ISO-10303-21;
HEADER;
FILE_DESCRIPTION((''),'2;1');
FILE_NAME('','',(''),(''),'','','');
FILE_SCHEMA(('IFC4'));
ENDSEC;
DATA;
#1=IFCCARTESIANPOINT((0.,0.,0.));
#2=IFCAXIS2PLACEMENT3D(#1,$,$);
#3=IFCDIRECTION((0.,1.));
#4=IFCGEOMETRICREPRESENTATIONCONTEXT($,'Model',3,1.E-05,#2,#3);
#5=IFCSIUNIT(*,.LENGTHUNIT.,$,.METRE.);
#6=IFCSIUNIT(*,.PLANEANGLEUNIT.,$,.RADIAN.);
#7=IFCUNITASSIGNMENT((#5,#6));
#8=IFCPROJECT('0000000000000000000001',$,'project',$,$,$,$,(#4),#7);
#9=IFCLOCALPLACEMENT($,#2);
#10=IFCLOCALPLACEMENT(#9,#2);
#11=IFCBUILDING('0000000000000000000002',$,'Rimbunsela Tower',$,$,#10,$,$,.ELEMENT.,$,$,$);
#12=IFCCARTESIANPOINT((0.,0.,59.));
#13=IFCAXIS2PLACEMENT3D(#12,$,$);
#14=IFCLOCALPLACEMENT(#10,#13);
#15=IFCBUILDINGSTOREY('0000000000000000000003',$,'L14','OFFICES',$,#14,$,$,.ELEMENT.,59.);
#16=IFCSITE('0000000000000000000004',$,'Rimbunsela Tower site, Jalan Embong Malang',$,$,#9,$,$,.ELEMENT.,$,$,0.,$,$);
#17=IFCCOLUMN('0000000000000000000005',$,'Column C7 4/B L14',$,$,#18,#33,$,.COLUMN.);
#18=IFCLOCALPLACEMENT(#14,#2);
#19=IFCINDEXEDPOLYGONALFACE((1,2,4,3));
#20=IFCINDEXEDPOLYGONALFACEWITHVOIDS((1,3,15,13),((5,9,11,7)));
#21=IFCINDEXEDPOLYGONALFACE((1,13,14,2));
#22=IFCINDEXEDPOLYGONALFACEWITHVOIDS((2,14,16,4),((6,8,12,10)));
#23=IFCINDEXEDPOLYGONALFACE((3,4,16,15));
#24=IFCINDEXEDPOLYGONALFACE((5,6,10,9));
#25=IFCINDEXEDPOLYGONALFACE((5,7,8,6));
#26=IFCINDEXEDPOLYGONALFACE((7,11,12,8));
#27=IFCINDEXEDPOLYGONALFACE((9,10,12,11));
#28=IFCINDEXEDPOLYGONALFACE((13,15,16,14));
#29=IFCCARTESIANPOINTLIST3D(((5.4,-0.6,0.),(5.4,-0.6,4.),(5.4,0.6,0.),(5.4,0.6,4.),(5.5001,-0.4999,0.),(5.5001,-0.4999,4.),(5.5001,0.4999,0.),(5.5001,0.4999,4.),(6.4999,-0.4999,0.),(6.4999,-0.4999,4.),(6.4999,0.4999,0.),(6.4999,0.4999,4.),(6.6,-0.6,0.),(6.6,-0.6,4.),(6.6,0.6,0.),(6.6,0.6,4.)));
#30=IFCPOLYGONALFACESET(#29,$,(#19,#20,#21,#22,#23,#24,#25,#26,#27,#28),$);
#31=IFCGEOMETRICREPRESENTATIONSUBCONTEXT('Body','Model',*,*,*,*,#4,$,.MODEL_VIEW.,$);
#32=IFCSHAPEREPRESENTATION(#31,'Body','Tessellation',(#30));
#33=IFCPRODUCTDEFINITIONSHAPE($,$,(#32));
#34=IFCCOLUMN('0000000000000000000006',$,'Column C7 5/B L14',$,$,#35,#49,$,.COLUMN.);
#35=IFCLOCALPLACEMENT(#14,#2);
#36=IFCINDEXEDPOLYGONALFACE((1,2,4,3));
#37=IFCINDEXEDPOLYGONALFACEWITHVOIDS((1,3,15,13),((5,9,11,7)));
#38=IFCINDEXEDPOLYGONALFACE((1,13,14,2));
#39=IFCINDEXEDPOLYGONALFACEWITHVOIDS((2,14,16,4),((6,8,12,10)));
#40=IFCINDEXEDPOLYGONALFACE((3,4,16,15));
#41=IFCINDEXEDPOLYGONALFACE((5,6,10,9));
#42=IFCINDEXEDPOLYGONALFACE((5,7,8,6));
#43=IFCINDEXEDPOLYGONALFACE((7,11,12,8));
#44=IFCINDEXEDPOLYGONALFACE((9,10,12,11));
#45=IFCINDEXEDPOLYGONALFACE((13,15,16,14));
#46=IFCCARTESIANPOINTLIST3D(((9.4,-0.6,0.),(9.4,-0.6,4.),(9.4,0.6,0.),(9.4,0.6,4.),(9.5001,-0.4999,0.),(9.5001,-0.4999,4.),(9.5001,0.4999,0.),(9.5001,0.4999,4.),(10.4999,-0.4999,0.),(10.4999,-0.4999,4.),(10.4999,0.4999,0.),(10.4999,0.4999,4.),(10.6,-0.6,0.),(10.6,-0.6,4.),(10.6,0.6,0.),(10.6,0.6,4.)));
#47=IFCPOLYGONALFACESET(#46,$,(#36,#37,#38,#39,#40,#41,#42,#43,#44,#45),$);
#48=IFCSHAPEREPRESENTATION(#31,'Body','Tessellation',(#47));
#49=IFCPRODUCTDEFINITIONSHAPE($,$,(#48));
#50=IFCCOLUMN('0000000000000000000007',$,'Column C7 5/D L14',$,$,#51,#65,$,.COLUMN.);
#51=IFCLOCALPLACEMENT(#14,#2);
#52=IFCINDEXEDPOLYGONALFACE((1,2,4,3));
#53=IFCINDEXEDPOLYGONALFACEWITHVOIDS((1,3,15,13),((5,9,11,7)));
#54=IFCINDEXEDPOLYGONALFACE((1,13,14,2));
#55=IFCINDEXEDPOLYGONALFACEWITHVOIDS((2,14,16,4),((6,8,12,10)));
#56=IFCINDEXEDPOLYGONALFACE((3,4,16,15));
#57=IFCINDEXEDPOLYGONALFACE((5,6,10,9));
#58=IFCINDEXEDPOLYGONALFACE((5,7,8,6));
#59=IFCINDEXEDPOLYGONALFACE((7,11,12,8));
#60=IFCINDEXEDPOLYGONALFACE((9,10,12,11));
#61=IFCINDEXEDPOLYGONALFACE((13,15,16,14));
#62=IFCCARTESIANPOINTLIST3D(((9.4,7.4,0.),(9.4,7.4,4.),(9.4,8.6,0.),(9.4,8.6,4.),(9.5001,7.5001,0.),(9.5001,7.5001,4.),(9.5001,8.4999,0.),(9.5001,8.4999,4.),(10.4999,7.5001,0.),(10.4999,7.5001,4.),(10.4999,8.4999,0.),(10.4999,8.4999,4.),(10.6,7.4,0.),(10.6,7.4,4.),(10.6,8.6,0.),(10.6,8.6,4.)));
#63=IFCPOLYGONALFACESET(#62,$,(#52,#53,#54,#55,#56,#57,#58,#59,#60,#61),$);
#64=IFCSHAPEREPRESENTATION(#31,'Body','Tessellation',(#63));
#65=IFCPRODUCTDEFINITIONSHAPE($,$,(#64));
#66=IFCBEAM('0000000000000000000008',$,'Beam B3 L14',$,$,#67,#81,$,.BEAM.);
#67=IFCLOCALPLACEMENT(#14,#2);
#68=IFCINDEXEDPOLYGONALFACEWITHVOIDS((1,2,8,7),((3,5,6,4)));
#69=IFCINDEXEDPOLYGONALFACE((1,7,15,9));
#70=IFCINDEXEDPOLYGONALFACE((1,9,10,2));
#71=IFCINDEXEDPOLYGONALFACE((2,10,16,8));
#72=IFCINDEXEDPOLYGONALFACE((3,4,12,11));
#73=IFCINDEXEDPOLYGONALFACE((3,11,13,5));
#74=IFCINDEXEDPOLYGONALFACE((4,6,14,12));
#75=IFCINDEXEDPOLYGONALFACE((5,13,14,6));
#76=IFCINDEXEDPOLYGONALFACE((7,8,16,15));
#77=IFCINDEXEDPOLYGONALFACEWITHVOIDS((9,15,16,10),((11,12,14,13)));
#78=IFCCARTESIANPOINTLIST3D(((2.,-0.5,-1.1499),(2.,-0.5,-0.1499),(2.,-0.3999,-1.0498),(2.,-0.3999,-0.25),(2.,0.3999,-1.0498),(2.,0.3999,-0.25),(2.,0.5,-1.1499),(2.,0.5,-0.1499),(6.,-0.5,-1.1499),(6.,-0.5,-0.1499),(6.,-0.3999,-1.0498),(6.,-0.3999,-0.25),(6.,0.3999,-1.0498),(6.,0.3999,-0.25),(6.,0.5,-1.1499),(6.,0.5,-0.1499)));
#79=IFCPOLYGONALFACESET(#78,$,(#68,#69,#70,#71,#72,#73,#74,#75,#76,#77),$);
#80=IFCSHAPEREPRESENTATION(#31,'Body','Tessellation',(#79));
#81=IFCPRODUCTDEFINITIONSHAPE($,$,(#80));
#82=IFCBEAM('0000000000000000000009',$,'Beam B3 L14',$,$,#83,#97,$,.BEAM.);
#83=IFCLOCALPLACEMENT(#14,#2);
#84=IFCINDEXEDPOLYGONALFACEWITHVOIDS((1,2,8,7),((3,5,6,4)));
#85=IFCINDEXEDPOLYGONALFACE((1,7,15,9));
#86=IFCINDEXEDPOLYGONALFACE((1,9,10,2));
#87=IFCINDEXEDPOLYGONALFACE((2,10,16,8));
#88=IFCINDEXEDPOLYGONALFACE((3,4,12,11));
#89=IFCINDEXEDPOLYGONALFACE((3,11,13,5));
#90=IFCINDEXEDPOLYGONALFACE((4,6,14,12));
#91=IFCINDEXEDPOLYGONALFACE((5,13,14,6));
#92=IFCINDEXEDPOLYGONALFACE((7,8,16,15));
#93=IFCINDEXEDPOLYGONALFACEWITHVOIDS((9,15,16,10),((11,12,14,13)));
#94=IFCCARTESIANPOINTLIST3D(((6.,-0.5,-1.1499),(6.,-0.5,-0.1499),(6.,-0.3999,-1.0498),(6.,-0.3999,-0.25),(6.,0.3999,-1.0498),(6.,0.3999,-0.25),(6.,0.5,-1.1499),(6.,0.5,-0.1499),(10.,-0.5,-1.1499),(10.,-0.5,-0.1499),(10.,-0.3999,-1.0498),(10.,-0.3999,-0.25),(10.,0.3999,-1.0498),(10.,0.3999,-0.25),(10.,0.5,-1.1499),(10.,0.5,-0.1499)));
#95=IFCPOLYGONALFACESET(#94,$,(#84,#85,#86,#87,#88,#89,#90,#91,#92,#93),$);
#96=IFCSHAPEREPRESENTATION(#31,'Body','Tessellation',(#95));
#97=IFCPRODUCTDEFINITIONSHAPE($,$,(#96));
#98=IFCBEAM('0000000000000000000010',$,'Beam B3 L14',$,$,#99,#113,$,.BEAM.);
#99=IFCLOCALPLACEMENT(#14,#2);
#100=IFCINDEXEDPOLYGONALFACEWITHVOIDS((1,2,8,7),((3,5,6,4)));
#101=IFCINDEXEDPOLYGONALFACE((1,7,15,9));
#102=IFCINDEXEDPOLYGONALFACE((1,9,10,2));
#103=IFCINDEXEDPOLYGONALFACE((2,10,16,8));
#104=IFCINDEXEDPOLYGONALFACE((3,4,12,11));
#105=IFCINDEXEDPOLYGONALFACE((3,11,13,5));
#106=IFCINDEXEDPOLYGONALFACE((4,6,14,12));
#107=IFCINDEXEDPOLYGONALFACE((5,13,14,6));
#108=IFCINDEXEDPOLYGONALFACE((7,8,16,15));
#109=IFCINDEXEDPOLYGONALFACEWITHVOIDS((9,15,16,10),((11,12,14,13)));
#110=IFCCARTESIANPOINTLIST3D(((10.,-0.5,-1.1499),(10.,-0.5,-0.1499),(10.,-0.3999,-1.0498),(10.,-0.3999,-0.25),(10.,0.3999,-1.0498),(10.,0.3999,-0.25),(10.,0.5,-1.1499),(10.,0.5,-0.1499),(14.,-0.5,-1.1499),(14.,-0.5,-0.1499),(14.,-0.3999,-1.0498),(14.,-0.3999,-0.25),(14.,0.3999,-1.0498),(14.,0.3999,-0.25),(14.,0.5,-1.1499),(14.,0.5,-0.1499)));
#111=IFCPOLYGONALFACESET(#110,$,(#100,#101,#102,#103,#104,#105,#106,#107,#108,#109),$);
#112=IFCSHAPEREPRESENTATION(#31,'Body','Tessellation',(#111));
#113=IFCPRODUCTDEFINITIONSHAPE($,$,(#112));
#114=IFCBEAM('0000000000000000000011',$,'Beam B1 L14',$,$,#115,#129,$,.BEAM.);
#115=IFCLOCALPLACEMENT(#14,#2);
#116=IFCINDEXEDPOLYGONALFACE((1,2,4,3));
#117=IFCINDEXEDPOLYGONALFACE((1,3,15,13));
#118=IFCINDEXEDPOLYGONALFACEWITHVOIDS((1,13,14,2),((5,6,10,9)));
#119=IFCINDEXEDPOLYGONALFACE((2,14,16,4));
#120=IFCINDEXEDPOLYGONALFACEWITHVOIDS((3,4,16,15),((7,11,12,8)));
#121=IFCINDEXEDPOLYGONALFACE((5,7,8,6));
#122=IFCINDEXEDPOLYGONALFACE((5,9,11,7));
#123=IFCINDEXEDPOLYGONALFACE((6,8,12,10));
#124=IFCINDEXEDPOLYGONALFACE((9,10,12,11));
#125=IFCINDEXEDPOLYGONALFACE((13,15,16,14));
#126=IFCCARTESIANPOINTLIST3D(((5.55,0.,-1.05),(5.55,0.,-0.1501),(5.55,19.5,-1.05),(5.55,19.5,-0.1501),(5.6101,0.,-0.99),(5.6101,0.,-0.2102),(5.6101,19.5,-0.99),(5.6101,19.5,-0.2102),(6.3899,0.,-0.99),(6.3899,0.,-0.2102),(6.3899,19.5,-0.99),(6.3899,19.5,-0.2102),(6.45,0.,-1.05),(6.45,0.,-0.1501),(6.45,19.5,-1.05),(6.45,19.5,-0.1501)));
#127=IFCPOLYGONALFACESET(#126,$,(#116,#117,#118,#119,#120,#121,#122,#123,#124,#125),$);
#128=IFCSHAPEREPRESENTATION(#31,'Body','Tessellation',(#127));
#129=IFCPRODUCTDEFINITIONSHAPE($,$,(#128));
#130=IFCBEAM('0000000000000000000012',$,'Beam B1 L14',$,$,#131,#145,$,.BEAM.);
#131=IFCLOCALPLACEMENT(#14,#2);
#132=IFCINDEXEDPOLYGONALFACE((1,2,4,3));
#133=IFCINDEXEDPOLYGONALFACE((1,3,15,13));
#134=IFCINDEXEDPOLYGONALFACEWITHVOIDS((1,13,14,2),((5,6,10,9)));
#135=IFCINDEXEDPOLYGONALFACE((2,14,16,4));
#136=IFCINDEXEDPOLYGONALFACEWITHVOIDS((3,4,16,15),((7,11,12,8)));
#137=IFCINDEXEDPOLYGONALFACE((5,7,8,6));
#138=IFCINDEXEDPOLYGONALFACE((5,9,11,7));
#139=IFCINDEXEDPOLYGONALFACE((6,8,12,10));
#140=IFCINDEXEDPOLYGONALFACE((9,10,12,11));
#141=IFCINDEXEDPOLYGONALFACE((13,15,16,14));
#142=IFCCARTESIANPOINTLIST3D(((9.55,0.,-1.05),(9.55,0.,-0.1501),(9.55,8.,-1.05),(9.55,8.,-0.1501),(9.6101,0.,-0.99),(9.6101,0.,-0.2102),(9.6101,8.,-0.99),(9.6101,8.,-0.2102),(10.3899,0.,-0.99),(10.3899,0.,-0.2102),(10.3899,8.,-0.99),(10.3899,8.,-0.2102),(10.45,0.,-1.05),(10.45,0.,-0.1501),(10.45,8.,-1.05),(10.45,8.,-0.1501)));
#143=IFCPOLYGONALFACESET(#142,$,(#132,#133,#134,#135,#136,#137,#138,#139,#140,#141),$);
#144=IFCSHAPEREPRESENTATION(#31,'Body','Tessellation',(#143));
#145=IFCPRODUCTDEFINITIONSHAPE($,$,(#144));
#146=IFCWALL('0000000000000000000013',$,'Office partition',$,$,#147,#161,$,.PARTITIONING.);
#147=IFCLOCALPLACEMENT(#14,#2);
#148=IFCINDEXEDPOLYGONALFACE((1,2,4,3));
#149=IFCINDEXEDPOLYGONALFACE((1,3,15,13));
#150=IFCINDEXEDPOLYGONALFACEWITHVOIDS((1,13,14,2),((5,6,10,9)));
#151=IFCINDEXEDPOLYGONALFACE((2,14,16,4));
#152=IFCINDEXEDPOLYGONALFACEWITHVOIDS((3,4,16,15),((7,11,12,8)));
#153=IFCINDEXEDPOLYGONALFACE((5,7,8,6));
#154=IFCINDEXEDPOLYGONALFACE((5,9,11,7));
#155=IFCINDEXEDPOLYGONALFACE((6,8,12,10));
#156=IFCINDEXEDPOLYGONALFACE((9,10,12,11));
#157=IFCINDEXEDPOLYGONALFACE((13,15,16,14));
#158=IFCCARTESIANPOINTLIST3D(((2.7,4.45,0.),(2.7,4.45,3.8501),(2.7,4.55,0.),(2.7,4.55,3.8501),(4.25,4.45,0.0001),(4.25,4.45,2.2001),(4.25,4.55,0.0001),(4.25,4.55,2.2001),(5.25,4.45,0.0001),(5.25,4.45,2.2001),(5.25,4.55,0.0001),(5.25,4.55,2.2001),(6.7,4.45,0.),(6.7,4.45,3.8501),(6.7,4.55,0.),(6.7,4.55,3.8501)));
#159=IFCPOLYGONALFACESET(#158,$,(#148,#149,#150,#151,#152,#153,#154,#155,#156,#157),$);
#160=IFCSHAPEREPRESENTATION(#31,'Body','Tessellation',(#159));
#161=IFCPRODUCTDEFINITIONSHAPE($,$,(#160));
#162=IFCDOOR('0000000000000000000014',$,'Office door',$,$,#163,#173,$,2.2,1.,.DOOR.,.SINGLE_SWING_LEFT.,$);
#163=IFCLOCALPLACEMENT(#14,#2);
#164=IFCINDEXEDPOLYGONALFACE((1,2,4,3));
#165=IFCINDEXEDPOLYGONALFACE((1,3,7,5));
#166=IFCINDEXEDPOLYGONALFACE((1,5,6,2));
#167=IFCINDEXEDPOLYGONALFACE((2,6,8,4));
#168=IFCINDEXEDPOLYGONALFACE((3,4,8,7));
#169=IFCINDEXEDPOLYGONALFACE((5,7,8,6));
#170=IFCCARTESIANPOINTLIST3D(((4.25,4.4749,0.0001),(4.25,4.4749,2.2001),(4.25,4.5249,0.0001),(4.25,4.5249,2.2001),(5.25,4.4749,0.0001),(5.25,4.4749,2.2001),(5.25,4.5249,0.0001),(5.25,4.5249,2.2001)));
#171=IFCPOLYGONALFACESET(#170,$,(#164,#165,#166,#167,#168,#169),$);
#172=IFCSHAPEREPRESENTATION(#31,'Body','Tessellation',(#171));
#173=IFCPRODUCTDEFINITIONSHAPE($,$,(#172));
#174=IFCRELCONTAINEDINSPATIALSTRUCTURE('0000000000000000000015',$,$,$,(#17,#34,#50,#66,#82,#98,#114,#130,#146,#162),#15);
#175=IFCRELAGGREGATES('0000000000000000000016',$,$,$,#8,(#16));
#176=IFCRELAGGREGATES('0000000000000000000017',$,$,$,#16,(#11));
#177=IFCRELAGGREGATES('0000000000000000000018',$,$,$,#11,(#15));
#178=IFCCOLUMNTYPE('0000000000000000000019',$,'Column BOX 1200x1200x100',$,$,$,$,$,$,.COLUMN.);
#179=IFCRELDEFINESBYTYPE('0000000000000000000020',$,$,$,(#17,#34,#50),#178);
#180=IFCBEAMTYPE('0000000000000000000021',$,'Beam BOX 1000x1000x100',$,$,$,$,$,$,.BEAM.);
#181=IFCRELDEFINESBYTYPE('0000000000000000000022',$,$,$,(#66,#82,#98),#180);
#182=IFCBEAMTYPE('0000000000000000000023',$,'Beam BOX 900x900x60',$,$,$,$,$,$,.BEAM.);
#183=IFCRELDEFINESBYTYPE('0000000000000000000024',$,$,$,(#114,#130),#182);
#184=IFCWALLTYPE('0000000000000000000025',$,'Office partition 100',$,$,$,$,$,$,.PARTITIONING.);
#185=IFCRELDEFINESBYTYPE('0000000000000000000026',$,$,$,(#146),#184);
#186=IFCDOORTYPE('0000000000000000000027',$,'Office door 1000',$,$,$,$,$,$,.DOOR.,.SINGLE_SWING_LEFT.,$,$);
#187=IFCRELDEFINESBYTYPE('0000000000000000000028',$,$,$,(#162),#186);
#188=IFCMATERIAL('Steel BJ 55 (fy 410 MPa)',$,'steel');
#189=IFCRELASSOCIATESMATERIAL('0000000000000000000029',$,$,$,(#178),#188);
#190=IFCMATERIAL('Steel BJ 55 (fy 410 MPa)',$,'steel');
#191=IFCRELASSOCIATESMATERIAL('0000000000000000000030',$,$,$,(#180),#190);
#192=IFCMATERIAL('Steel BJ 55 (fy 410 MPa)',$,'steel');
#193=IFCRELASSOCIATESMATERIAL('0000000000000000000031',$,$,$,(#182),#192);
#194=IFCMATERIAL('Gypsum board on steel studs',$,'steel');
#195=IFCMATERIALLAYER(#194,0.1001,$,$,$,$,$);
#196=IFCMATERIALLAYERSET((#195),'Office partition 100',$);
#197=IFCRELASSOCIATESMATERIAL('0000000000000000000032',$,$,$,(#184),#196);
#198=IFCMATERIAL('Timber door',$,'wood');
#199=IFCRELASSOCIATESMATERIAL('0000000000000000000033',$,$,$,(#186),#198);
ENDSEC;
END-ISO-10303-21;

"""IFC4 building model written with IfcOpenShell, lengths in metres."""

from ifc_helpers import new_model, si_unit, direction, frame, frame_2d, origin, origin_2d, place, context, subcontext, project, spatial, rectangle, hollow_rectangle, extrude, material, layer, layer_set, material_profile, profile_set, type_object, element, fill, save


model = new_model("IFC4")

# Units and contexts
model_context = context("Model", 3, precision=1e-05, world=origin(), true_north=direction((0.0, 1.0)))
body_context = subcontext(model_context, "Body", "Model", "MODEL_VIEW")
ifc_project = project(units=[si_unit("LENGTHUNIT", "METRE"), si_unit("PLANEANGLEUNIT", "RADIAN")], contexts=[model_context])

# Site, building, storey
site_placement = place(None, origin())
site = spatial("IfcSite", under=ifc_project, at=site_placement, Name="Rimbunsela Tower site, Jalan Embong Malang", CompositionType="ELEMENT", RefElevation=0.0)
building_placement = place(site_placement, origin())
building = spatial("IfcBuilding", under=site, at=building_placement, Name="Rimbunsela Tower", CompositionType="ELEMENT")
storey_placement = place(building_placement, frame((0.0, 0.0, 59.0)))
storey = spatial("IfcBuildingStorey", under=building, at=storey_placement, Name="L14", Description="OFFICES", CompositionType="ELEMENT", Elevation=59.0)

# Columns
ifc_material_1 = material(Name="Steel BJ 55 (fy 410 MPa)", Category="steel")
ifc_material_profile_1 = material_profile(ifc_material_1, hollow_rectangle(XDim=1.2, YDim=1.2, WallThickness=0.1001, at=origin_2d()), Name="BOX 1200x1200x100")
ifc_profile_set_1 = profile_set([ifc_material_profile_1], Name="Steel BJ 55 (fy 410 MPa)")
column_type = type_object("IfcColumnType", Name="Column BOX 1200x1200x100", PredefinedType="COLUMN", material=ifc_profile_set_1)
for number, where, z_axis, x_axis, name in (
    (1, (6.0, 0.0, 0.0), (0.0, 0.0, 1.0), (1.0, 0.0, 0.0), "Column C7 4/B L14"),
    (2, (10.0, 0.0, 0.0), (0.0, 0.0, 1.0), (1.0, 0.0, 0.0), "Column C7 5/B L14"),
    (3, (10.0, 8.0, 0.0), (0.0, 0.0, 1.0), (1.0, 0.0, 0.0), "Column C7 5/D L14"),
):
    element("IfcColumn", number, at=place(storey_placement, frame(where, z_axis=z_axis, x_axis=x_axis)), inside=storey, type_object=column_type, Name=name, PredefinedType="COLUMN", context=body_context, shape_type="SweptSolid", body=[
        extrude(hollow_rectangle(XDim=1.2, YDim=1.2, WallThickness=0.1001, at=origin_2d()), origin(), (0.0, 0.0, 1.0), 4.0),
    ])

# Beams
ifc_material_2 = material(Name="Steel BJ 55 (fy 410 MPa)", Category="steel")
ifc_material_profile_2 = material_profile(ifc_material_2, hollow_rectangle(XDim=1.0, YDim=1.0, WallThickness=0.1001, at=origin_2d()), Name="BOX 1000x1000x100")
ifc_profile_set_2 = profile_set([ifc_material_profile_2], Name="Steel BJ 55 (fy 410 MPa)")
beam_type_1 = type_object("IfcBeamType", Name="Beam BOX 1000x1000x100", PredefinedType="BEAM", material=ifc_profile_set_2)
for number, where, z_axis, x_axis, name in (
    (4, (2.0, 0.0, -0.6499), (1.0, 0.0, 0.0), (0.0, 1.0, 0.0), "Beam B3 L14"),
    (5, (6.0, 0.0, -0.6499), (1.0, 0.0, 0.0), (0.0, 1.0, 0.0), "Beam B3 L14"),
    (6, (10.0, 0.0, -0.6499), (1.0, 0.0, 0.0), (0.0, 1.0, 0.0), "Beam B3 L14"),
):
    element("IfcBeam", number, at=place(storey_placement, frame(where, z_axis=z_axis, x_axis=x_axis)), inside=storey, type_object=beam_type_1, Name=name, PredefinedType="BEAM", context=body_context, shape_type="SweptSolid", body=[
        extrude(hollow_rectangle(XDim=1.0, YDim=1.0, WallThickness=0.1001, at=origin_2d()), origin(), (0.0, 0.0, 1.0), 4.0),
    ])
ifc_material_3 = material(Name="Steel BJ 55 (fy 410 MPa)", Category="steel")
ifc_material_profile_3 = material_profile(ifc_material_3, hollow_rectangle(XDim=0.8999, YDim=0.8999, WallThickness=0.0601, at=origin_2d()), Name="BOX 900x900x60")
ifc_profile_set_3 = profile_set([ifc_material_profile_3], Name="Steel BJ 55 (fy 410 MPa)")
beam_type_2 = type_object("IfcBeamType", Name="Beam BOX 900x900x60", PredefinedType="BEAM", material=ifc_profile_set_3)
beam_1_placement = place(storey_placement, frame((6.0, 0.0, -0.6001), z_axis=(0.0, 1.0, 0.0), x_axis=(-1.0, 0.0, 0.0)))
element("IfcBeam", 7, at=beam_1_placement, inside=storey, type_object=beam_type_2, Name="Beam B1 L14", PredefinedType="BEAM", context=body_context, shape_type="SweptSolid", body=[
    extrude(hollow_rectangle(XDim=0.8999, YDim=0.8999, WallThickness=0.0601, at=origin_2d()), origin(), (0.0, 0.0, 1.0), 19.5),
])
beam_2_placement = place(storey_placement, frame((10.0, 0.0, -0.6001), z_axis=(0.0, 1.0, 0.0), x_axis=(-1.0, 0.0, 0.0)))
element("IfcBeam", 8, at=beam_2_placement, inside=storey, type_object=beam_type_2, Name="Beam B1 L14", PredefinedType="BEAM", context=body_context, shape_type="SweptSolid", body=[
    extrude(hollow_rectangle(XDim=0.8999, YDim=0.8999, WallThickness=0.0601, at=origin_2d()), origin(), (0.0, 0.0, 1.0), 8.0),
])

# Wall, opening, door
ifc_material_4 = material(Name="Gypsum board on steel studs", Category="steel")
ifc_layer_1 = layer(ifc_material_4, 0.1001)
ifc_layer_set_1 = layer_set([ifc_layer_1], Name="Office partition 100")
wall_type_1 = type_object("IfcWallType", Name="Office partition 100", PredefinedType="PARTITIONING", material=ifc_layer_set_1)
wall_1_placement = place(storey_placement, frame((2.7, 4.5, 0.0), z_axis=(0.0, 0.0, 1.0), x_axis=(1.0, 0.0, 0.0)))
wall_1 = element("IfcWall", 9, at=wall_1_placement, inside=storey, type_object=wall_type_1, Name="Office partition", PredefinedType="PARTITIONING", context=body_context, shape_type="SweptSolid", body=[
    extrude(rectangle(XDim=4.0, YDim=0.1001, at=frame_2d((2.0, 0.0))), origin(), (0.0, 0.0, 1.0), 3.8501),
])
opening_1_placement = place(wall_1_placement, frame((1.55, 0.0, 0.0)))
opening_1 = element("IfcOpeningElement", 10, at=opening_1_placement, cuts=wall_1, PredefinedType="OPENING", context=body_context, shape_type="SweptSolid", body=[
    extrude(rectangle(XDim=1.0, YDim=2.2, at=frame_2d((0.5, 1.1001))), frame((0.0, 0.0601, 0.0), z_axis=(0.0, -1.0, 0.0), x_axis=(1.0, 0.0, 0.0)), (0.0, 0.0, 1.0), 0.1201),
])
ifc_material_5 = material(Name="Timber door", Category="wood")
door_type_1 = type_object("IfcDoorType", Name="Office door 1000", OperationType="SINGLE_SWING_LEFT", PredefinedType="DOOR", material=ifc_material_5)
door_1_placement = place(opening_1_placement, origin())
door_1 = element("IfcDoor", 11, at=door_1_placement, inside=storey, type_object=door_type_1, Name="Office door", OperationType="SINGLE_SWING_LEFT", OverallHeight=2.2, OverallWidth=1.0, PredefinedType="DOOR", context=body_context, shape_type="SweptSolid", body=[
    extrude(rectangle(XDim=1.0, YDim=2.2, at=frame_2d((0.5, 1.1001))), frame((0.0, 0.0249, 0.0), z_axis=(0.0, -1.0, 0.0), x_axis=(1.0, 0.0, 0.0)), (0.0, 0.0, 1.0), 0.05),
])
fill(opening_1, door_1)

save(model, "model.ifc")
